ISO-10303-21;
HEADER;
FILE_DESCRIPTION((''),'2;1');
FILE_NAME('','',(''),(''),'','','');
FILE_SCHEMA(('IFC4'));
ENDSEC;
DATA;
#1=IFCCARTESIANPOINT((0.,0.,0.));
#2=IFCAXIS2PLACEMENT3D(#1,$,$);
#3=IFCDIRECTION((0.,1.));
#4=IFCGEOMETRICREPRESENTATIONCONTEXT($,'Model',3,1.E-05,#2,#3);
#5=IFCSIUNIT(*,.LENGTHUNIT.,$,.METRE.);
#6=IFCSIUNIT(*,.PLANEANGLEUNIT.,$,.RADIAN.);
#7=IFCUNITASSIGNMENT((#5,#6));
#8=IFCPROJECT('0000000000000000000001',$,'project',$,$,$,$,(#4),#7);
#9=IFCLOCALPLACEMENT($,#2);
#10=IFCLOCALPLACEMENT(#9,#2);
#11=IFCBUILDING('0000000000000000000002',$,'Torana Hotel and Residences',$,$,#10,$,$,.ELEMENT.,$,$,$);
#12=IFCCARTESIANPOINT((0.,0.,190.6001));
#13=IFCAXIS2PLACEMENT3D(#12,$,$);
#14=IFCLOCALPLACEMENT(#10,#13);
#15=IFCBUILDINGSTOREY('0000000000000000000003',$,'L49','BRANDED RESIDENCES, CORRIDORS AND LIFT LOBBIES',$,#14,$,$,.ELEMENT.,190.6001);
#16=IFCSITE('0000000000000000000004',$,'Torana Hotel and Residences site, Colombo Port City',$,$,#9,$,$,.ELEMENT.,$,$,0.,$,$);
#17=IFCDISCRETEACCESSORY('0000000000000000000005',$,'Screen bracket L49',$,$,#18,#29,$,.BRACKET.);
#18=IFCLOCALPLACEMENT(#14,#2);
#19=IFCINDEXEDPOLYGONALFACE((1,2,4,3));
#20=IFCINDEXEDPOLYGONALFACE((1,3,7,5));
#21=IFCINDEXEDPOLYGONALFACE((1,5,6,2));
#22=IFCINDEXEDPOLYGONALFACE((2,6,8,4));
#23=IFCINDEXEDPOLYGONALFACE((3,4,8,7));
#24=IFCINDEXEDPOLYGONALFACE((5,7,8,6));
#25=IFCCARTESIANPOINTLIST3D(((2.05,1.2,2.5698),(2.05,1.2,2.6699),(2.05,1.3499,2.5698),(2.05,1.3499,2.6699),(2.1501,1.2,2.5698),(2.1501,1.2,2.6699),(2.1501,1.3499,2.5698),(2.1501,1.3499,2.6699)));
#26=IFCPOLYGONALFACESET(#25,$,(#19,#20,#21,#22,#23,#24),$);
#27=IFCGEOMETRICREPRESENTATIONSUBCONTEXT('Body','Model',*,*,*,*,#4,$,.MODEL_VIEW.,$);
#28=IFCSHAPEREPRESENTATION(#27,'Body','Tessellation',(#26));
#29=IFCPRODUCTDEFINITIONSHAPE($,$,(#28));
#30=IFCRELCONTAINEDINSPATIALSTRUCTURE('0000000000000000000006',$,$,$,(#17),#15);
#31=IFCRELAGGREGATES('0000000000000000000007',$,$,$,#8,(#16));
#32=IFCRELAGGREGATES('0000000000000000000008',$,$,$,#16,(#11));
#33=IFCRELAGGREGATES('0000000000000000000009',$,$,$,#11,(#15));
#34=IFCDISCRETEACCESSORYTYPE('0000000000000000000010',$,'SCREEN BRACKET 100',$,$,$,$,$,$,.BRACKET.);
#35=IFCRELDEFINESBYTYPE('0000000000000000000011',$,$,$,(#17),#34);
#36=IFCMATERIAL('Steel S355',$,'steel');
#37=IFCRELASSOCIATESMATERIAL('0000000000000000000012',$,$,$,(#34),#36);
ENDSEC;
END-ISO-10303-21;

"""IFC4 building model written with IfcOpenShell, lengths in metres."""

from ifc_helpers import new_model, si_unit, direction, frame, origin, origin_2d, place, context, subcontext, project, spatial, rectangle, extrude, material, type_object, element, save


model = new_model("IFC4")

# Units and contexts
model_context = context("Model", 3, precision=1e-05, world=origin(), true_north=direction((0.0, 1.0)))
body_context = subcontext(model_context, "Body", "Model", "MODEL_VIEW")
ifc_project = project(units=[si_unit("LENGTHUNIT", "METRE"), si_unit("PLANEANGLEUNIT", "RADIAN")], contexts=[model_context])

# Site, building, storey
site_placement = place(None, origin())
site = spatial("IfcSite", under=ifc_project, at=site_placement, Name="Torana Hotel and Residences site, Colombo Port City", CompositionType="ELEMENT", RefElevation=0.0)
building_placement = place(site_placement, origin())
building = spatial("IfcBuilding", under=site, at=building_placement, Name="Torana Hotel and Residences", CompositionType="ELEMENT")
storey_placement = place(building_placement, frame((0.0, 0.0, 190.6001)))
storey = spatial("IfcBuildingStorey", under=building, at=storey_placement, Name="L49", Description="BRANDED RESIDENCES, CORRIDORS AND LIFT LOBBIES", CompositionType="ELEMENT", Elevation=190.6001)

# Discrete accessory
ifc_material_1 = material(Name="Steel S355", Category="steel")
discrete_accessory_type = type_object("IfcDiscreteAccessoryType", Name="SCREEN BRACKET 100", PredefinedType="BRACKET", material=ifc_material_1)
for number, where, z_axis, x_axis, name in (
    (1, (2.1001, 1.2749, 2.5698), (0.0, 0.0, 1.0), (-1.0, 0.0, 0.0), "Screen bracket L49"),
):
    element("IfcDiscreteAccessory", number, at=place(storey_placement, frame(where, z_axis=z_axis, x_axis=x_axis)), inside=storey, type_object=discrete_accessory_type, Name=name, PredefinedType="BRACKET", context=body_context, shape_type="SweptSolid", body=[
        extrude(rectangle(XDim=0.1001, YDim=0.1499, at=origin_2d()), origin(), (0.0, 0.0, 1.0), 0.1001),
    ])

save(model, "model.ifc")
